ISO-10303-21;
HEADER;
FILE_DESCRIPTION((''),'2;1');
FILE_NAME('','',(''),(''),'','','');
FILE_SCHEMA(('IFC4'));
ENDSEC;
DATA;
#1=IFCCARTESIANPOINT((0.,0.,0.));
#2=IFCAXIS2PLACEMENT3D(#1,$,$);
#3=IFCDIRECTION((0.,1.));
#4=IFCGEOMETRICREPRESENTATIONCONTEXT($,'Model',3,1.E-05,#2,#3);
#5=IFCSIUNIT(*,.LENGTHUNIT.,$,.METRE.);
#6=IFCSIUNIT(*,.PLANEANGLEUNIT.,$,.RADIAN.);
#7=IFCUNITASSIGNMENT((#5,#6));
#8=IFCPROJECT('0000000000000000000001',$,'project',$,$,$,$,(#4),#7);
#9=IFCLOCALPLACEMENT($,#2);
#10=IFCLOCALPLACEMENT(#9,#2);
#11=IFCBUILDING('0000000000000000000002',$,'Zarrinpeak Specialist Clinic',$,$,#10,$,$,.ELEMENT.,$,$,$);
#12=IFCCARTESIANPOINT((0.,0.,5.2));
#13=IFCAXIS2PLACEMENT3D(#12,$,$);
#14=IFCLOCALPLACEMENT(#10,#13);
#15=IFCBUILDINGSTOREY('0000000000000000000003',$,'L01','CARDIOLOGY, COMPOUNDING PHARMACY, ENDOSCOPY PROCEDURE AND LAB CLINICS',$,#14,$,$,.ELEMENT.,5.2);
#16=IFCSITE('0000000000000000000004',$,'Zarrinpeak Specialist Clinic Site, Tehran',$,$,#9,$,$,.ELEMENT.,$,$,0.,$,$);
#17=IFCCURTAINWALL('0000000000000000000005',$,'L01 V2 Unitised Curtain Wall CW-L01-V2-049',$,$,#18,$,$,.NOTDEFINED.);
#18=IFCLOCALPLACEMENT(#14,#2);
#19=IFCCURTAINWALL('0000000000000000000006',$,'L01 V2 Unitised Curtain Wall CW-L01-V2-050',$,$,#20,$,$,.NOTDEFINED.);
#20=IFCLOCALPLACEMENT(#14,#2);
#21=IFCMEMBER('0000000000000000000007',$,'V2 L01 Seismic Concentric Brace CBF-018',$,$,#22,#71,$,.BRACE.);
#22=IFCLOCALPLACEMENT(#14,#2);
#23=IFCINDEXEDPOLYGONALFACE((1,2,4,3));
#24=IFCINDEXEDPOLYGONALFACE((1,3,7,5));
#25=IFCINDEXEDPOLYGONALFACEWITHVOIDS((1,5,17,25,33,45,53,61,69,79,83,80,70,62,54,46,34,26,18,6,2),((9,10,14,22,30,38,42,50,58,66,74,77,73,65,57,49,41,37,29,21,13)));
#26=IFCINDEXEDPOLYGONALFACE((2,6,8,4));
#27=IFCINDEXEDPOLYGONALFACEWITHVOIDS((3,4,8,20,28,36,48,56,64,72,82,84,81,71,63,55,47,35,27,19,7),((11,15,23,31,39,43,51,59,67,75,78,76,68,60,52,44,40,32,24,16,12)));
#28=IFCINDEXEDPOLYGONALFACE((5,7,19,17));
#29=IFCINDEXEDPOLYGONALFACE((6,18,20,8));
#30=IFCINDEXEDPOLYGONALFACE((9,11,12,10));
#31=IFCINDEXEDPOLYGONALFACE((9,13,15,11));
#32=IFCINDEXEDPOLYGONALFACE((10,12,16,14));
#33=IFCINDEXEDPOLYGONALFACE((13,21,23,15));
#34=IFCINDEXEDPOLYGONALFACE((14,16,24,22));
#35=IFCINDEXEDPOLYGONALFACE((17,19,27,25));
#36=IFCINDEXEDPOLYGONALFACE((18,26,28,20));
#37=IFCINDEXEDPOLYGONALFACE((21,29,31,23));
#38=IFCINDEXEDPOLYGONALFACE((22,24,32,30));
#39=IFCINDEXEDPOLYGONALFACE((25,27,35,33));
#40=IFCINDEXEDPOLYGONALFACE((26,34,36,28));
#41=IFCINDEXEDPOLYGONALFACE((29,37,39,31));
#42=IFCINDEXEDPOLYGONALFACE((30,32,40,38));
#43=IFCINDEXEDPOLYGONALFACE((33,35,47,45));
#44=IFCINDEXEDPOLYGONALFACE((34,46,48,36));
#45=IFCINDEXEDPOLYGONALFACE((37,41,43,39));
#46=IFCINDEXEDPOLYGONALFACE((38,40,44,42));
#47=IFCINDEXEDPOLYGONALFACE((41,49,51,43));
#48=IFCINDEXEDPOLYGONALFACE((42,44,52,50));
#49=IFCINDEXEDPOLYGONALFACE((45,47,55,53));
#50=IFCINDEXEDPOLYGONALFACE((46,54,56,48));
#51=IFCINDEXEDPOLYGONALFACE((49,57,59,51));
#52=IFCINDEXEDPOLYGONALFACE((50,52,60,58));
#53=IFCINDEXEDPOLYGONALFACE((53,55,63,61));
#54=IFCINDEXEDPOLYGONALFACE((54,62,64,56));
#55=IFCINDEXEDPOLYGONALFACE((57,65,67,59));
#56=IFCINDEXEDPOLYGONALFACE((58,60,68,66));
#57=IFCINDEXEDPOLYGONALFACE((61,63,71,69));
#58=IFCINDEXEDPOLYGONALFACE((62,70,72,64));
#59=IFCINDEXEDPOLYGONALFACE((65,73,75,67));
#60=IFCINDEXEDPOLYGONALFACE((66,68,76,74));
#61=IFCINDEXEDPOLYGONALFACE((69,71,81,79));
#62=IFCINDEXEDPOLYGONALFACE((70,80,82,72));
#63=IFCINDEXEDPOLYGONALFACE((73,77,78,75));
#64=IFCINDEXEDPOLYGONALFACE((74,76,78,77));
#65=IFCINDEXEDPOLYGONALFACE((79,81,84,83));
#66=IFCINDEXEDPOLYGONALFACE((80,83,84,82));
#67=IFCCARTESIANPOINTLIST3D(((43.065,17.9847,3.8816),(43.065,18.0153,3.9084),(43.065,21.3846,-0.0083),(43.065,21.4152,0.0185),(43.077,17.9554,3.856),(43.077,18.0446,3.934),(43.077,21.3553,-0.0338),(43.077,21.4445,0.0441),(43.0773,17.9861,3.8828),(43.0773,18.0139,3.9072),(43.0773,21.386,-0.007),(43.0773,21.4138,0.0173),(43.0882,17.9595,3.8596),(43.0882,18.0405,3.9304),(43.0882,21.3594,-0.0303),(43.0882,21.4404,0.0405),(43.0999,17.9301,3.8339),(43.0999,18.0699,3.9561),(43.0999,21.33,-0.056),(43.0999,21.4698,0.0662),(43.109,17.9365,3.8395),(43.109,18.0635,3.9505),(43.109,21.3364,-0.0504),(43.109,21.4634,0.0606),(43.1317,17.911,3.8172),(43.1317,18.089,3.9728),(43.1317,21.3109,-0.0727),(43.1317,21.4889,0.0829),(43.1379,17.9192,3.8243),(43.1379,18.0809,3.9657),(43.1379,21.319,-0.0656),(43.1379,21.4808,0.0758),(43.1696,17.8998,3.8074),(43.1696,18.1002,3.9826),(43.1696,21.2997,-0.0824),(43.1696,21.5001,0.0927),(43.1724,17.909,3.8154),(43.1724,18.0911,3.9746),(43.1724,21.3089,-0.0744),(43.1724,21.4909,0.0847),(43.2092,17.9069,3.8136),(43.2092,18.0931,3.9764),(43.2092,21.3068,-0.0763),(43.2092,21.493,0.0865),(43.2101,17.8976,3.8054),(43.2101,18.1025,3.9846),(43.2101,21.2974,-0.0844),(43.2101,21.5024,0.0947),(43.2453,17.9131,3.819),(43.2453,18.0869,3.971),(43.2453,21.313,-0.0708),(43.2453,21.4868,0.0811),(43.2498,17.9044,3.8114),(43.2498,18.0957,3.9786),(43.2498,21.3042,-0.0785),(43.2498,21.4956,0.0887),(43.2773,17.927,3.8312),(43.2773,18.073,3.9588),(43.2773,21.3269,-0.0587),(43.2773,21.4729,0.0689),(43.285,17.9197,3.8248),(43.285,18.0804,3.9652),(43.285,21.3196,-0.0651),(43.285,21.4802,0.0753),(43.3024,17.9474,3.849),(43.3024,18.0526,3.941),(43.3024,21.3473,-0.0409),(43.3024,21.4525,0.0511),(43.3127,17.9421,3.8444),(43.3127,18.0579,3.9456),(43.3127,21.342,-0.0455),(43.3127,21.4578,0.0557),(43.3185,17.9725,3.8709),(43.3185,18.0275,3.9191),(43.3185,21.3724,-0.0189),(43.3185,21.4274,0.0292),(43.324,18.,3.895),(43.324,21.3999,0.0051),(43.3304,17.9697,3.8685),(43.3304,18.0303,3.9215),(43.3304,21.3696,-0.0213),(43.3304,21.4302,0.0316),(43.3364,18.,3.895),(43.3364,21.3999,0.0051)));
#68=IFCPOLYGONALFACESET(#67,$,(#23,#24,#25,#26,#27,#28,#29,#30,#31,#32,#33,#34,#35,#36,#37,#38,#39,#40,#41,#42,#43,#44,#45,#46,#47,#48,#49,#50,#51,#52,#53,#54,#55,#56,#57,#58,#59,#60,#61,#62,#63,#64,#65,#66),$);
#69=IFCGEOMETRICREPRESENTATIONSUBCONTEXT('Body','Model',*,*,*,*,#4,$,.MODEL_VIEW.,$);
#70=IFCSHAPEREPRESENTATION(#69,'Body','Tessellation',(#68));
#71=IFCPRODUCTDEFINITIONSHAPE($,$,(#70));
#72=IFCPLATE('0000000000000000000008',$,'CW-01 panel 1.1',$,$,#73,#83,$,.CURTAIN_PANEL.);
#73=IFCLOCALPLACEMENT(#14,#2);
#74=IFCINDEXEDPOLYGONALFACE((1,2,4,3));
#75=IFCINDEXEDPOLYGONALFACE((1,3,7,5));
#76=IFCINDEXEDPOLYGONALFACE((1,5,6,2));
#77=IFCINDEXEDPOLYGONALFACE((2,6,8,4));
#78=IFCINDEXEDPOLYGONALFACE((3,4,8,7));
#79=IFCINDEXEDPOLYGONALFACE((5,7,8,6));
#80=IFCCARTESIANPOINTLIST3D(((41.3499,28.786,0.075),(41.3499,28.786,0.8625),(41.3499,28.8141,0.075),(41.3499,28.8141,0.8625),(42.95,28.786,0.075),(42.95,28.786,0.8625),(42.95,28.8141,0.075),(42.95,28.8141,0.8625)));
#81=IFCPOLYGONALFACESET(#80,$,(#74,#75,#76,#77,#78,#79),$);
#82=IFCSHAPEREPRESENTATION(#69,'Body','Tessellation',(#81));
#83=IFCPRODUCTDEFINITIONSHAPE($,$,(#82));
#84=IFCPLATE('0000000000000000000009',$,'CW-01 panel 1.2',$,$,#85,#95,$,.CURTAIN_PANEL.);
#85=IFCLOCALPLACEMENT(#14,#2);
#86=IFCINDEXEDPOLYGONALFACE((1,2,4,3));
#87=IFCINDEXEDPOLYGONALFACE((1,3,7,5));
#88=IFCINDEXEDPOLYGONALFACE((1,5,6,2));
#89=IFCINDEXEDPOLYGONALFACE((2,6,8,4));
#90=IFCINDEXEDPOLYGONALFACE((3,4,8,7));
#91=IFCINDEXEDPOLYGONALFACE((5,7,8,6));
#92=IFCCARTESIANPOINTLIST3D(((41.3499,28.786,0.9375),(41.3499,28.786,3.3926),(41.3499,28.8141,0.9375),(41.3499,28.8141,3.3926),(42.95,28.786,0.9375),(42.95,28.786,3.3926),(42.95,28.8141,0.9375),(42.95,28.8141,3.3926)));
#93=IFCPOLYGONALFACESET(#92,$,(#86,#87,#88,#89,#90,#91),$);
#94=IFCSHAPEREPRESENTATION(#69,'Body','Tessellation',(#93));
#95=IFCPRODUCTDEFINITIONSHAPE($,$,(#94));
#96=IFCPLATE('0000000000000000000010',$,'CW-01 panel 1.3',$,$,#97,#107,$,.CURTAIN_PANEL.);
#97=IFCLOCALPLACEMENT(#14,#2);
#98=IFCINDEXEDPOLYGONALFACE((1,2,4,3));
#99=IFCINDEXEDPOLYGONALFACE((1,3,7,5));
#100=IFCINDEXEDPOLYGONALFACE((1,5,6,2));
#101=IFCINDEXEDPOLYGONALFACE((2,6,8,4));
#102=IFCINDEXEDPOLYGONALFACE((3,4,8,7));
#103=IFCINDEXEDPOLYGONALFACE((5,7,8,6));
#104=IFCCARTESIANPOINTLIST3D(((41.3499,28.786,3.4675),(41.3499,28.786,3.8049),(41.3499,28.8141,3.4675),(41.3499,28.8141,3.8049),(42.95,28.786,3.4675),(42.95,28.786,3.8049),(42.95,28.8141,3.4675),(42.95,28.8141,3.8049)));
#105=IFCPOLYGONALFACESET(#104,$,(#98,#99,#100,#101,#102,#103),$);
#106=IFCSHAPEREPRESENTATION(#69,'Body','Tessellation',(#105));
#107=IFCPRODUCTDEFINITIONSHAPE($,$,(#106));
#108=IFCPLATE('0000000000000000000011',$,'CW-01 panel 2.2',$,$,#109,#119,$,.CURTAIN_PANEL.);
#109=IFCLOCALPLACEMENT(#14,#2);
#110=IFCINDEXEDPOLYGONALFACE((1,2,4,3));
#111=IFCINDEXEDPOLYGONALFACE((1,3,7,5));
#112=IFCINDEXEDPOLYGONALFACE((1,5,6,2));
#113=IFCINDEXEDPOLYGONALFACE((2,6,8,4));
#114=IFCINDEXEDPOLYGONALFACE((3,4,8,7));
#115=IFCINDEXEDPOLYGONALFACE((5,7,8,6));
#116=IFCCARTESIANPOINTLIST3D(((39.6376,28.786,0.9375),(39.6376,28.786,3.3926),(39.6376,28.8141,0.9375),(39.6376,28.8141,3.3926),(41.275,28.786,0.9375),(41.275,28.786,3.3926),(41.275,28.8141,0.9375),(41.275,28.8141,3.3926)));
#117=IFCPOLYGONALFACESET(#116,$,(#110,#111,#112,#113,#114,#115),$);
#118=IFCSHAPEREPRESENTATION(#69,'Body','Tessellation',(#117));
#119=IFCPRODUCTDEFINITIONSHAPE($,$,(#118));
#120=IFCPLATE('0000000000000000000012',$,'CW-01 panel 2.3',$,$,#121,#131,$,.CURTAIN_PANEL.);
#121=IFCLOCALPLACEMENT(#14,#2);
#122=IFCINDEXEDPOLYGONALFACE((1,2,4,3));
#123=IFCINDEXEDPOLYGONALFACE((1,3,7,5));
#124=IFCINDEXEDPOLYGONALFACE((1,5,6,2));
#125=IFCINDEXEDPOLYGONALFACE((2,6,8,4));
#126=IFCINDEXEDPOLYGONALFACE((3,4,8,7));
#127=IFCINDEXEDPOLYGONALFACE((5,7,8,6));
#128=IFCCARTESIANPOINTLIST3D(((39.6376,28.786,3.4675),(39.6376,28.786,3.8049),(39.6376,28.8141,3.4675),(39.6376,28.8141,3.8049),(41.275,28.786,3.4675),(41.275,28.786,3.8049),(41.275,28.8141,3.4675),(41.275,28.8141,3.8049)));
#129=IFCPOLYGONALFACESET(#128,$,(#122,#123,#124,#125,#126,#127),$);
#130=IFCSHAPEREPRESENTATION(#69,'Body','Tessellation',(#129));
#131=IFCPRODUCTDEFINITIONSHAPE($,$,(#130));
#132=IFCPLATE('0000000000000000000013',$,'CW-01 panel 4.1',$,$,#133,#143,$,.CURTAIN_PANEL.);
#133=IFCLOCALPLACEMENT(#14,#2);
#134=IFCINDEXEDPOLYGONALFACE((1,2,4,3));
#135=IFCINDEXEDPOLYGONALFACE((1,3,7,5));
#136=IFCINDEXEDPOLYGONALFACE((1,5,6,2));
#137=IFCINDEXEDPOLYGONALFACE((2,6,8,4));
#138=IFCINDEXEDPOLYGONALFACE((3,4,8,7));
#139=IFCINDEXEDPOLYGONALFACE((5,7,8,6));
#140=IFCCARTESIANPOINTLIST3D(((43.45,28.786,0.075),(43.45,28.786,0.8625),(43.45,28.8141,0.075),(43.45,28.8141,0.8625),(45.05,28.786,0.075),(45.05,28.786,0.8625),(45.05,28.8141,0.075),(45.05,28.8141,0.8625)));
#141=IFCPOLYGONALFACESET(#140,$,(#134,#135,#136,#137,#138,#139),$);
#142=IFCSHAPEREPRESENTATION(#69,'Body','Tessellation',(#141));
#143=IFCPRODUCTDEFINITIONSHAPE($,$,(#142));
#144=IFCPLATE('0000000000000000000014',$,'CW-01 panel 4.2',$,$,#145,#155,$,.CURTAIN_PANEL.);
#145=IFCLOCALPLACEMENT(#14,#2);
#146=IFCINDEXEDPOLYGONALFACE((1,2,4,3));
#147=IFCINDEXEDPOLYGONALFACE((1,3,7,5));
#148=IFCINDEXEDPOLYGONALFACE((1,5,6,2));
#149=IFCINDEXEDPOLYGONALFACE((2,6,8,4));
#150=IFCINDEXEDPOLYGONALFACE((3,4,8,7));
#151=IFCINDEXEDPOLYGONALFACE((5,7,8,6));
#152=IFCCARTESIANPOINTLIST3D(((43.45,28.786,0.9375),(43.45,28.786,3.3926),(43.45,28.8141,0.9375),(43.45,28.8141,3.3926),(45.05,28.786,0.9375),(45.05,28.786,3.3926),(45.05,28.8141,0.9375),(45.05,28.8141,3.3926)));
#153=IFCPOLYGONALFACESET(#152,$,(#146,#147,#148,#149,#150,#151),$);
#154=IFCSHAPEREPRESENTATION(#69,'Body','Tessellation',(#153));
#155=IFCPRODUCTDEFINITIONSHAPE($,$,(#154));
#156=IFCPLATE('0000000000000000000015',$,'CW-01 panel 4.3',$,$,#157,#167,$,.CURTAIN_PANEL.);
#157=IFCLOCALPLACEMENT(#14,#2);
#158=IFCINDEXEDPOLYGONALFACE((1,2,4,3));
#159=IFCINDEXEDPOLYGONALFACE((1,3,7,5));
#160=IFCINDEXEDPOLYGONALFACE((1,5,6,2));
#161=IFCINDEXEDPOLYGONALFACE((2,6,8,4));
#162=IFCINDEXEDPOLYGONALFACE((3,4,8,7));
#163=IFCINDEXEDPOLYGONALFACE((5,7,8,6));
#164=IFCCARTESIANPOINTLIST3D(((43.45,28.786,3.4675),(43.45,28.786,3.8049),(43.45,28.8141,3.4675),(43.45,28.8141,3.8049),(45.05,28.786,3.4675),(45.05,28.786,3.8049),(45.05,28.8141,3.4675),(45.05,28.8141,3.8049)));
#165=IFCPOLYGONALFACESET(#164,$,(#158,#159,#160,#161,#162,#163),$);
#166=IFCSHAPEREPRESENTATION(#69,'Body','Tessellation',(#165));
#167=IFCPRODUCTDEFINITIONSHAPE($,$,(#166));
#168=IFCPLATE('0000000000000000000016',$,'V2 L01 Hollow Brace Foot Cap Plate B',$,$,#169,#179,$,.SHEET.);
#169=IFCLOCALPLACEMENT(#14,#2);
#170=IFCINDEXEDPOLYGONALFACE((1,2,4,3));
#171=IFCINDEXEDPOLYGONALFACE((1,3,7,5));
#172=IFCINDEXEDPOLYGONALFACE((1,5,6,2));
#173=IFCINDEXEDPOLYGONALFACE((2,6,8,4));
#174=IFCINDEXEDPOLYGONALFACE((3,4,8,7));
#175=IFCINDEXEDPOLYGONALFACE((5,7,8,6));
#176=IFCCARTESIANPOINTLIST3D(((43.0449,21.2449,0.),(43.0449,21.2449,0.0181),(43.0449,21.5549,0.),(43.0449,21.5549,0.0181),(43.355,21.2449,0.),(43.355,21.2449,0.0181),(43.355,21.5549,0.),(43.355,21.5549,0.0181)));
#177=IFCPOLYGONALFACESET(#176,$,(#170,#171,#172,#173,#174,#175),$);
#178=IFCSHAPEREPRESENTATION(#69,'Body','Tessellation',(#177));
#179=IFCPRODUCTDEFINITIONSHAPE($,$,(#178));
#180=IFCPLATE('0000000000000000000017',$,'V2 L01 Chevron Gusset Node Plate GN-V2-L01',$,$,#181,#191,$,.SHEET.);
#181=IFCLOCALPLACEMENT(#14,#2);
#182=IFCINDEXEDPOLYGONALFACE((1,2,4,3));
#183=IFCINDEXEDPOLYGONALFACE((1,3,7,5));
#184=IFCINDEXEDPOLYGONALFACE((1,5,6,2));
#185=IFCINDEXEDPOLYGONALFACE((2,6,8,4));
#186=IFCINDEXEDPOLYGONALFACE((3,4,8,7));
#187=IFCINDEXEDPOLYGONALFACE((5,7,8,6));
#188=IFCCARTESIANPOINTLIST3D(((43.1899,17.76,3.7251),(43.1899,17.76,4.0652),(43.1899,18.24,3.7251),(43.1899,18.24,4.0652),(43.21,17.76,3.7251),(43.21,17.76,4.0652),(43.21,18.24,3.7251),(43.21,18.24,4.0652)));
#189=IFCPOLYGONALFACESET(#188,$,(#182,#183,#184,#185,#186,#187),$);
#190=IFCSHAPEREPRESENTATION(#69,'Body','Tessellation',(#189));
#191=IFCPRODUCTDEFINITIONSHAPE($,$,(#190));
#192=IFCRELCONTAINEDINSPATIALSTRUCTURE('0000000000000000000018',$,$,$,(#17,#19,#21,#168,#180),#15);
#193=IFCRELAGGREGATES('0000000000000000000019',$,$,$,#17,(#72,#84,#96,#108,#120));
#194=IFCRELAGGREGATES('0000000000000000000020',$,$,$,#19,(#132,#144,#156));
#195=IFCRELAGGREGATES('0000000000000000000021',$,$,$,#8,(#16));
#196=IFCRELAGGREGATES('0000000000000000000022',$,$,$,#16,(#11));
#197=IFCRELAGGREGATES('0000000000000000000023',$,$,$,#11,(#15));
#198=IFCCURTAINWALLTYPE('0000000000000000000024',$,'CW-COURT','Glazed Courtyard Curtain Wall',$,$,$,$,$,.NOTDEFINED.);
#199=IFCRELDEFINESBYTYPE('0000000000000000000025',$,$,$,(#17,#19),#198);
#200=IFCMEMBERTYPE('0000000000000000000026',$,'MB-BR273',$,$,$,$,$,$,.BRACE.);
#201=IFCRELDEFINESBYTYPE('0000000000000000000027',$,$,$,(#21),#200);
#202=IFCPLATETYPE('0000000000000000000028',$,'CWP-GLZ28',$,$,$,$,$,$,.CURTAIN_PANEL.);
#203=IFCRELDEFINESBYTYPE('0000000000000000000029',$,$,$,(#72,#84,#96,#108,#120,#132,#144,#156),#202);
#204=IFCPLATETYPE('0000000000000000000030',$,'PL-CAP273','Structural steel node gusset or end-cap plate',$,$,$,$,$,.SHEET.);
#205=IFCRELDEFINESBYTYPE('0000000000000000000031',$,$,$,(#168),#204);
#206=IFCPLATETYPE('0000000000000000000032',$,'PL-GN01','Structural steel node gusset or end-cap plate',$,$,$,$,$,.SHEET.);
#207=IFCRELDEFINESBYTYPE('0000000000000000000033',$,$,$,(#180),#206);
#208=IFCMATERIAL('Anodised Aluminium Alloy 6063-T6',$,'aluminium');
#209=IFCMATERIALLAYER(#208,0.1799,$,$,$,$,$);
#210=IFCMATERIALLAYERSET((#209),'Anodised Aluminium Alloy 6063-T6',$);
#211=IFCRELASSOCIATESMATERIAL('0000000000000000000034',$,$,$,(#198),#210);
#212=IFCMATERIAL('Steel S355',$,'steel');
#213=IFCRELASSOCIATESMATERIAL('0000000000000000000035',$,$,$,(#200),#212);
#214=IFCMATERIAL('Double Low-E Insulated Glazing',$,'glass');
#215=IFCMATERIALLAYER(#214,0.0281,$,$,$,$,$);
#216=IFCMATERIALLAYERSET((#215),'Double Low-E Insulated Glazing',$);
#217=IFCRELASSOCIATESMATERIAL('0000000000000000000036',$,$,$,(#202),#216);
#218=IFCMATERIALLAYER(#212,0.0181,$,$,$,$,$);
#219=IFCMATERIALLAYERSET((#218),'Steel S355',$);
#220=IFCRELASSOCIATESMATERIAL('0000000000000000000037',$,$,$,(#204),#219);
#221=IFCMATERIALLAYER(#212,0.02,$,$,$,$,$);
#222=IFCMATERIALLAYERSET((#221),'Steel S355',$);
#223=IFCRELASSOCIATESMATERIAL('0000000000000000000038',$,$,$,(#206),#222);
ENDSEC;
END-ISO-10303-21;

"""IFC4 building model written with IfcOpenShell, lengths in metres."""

from ifc_helpers import new_model, si_unit, direction, frame, origin, origin_2d, place, context, subcontext, project, spatial, rectangle, hollow_circle, extrude, material, layer, layer_set, material_profile, profile_set, type_object, element, aggregate, save


model = new_model("IFC4")

# Units and contexts
model_context = context("Model", 3, precision=1e-05, world=origin(), true_north=direction((0.0, 1.0)))
body_context = subcontext(model_context, "Body", "Model", "MODEL_VIEW")
ifc_project = project(units=[si_unit("LENGTHUNIT", "METRE"), si_unit("PLANEANGLEUNIT", "RADIAN")], contexts=[model_context])

# Site, building, storey
site_placement = place(None, origin())
site = spatial("IfcSite", under=ifc_project, at=site_placement, Name="Zarrinpeak Specialist Clinic Site, Tehran", CompositionType="ELEMENT", RefElevation=0.0)
building_placement = place(site_placement, origin())
building = spatial("IfcBuilding", under=site, at=building_placement, Name="Zarrinpeak Specialist Clinic", CompositionType="ELEMENT")
storey_placement = place(building_placement, frame((0.0, 0.0, 5.2)))
storey = spatial("IfcBuildingStorey", under=building, at=storey_placement, Name="L01", Description="CARDIOLOGY, COMPOUNDING PHARMACY, ENDOSCOPY PROCEDURE AND LAB CLINICS", CompositionType="ELEMENT", Elevation=5.2)

# Shared definitions
ifc_material_1 = material(Name="Steel S355", Category="steel")

# Curtain wall
ifc_material_2 = material(Name="Anodised Aluminium Alloy 6063-T6", Category="aluminium")
ifc_layer_1 = layer(ifc_material_2, 0.1799)
ifc_layer_set_1 = layer_set([ifc_layer_1], Name="Anodised Aluminium Alloy 6063-T6")
curtain_wall_type = type_object("IfcCurtainWallType", Name="CW-COURT", Description="Glazed Courtyard Curtain Wall", PredefinedType="NOTDEFINED", material=ifc_layer_set_1)
curtain_wall_1_placement = place(storey_placement, origin())
curtain_wall_1 = element("IfcCurtainWall", 1, at=curtain_wall_1_placement, inside=storey, type_object=curtain_wall_type, Name="L01 V2 Unitised Curtain Wall CW-L01-V2-049", PredefinedType="NOTDEFINED")

# Curtain wall
curtain_wall_2_placement = place(storey_placement, origin())
curtain_wall_2 = element("IfcCurtainWall", 2, at=curtain_wall_2_placement, inside=storey, type_object=curtain_wall_type, Name="L01 V2 Unitised Curtain Wall CW-L01-V2-050", PredefinedType="NOTDEFINED")

# Member
ifc_material_profile_1 = material_profile(ifc_material_1, hollow_circle(Radius=0.1365, WallThickness=0.0125, at=origin_2d()), Name="CHS 273.0x12.5")
ifc_profile_set_1 = profile_set([ifc_material_profile_1], Name="Steel S355")
member_type_1 = type_object("IfcMemberType", Name="MB-BR273", PredefinedType="BRACE", material=ifc_profile_set_1)
member_1_placement = place(storey_placement, frame((43.2, 21.3999, 0.0051), z_axis=(0.0, -0.658093, 0.752937), x_axis=(1.0, 0.0, 0.0)))
element("IfcMember", 3, at=member_1_placement, inside=storey, type_object=member_type_1, Name="V2 L01 Seismic Concentric Brace CBF-018", PredefinedType="BRACE", context=body_context, shape_type="SweptSolid", body=[
    extrude(hollow_circle(Radius=0.1365, WallThickness=0.0125, at=origin_2d()), origin(), (0.0, 0.0, 1.0), 5.1663),
])

# Plates
ifc_material_3 = material(Name="Double Low-E Insulated Glazing", Category="glass")
ifc_layer_2 = layer(ifc_material_3, 0.0281)
ifc_layer_set_2 = layer_set([ifc_layer_2], Name="Double Low-E Insulated Glazing")
plate_type_1 = type_object("IfcPlateType", Name="CWP-GLZ28", PredefinedType="CURTAIN_PANEL", material=ifc_layer_set_2)
plate_1_placement = place(storey_placement, frame((42.1499, 28.8, 0.075), z_axis=(0.0, 0.0, 1.0), x_axis=(-1.0, 0.0, 0.0)))
plate_1 = element("IfcPlate", 4, at=plate_1_placement, type_object=plate_type_1, Name="CW-01 panel 1.1", PredefinedType="CURTAIN_PANEL", context=body_context, shape_type="SweptSolid", body=[
    extrude(rectangle(XDim=1.6001, YDim=0.0281, at=origin_2d()), origin(), (0.0, 0.0, 1.0), 0.7876),
])
plate_2_placement = place(storey_placement, frame((42.1499, 28.8, 0.9375), z_axis=(0.0, 0.0, 1.0), x_axis=(-1.0, 0.0, 0.0)))
plate_2 = element("IfcPlate", 5, at=plate_2_placement, type_object=plate_type_1, Name="CW-01 panel 1.2", PredefinedType="CURTAIN_PANEL", context=body_context, shape_type="SweptSolid", body=[
    extrude(rectangle(XDim=1.6001, YDim=0.0281, at=origin_2d()), origin(), (0.0, 0.0, 1.0), 2.4551),
])
plate_3_placement = place(storey_placement, frame((42.1499, 28.8, 3.4675), z_axis=(0.0, 0.0, 1.0), x_axis=(-1.0, 0.0, 0.0)))
plate_3 = element("IfcPlate", 6, at=plate_3_placement, type_object=plate_type_1, Name="CW-01 panel 1.3", PredefinedType="CURTAIN_PANEL", context=body_context, shape_type="SweptSolid", body=[
    extrude(rectangle(XDim=1.6001, YDim=0.0281, at=origin_2d()), origin(), (0.0, 0.0, 1.0), 0.3374),
])
plate_4_placement = place(storey_placement, frame((40.4563, 28.8, 0.9375), z_axis=(0.0, 0.0, 1.0), x_axis=(-1.0, 0.0, 0.0)))
plate_4 = element("IfcPlate", 7, at=plate_4_placement, type_object=plate_type_1, Name="CW-01 panel 2.2", PredefinedType="CURTAIN_PANEL", context=body_context, shape_type="SweptSolid", body=[
    extrude(rectangle(XDim=1.6375, YDim=0.0281, at=origin_2d()), origin(), (0.0, 0.0, 1.0), 2.4551),
])
plate_5_placement = place(storey_placement, frame((40.4563, 28.8, 3.4675), z_axis=(0.0, 0.0, 1.0), x_axis=(-1.0, 0.0, 0.0)))
plate_5 = element("IfcPlate", 8, at=plate_5_placement, type_object=plate_type_1, Name="CW-01 panel 2.3", PredefinedType="CURTAIN_PANEL", context=body_context, shape_type="SweptSolid", body=[
    extrude(rectangle(XDim=1.6375, YDim=0.0281, at=origin_2d()), origin(), (0.0, 0.0, 1.0), 0.3374),
])
aggregate(curtain_wall_1, [plate_1, plate_2, plate_3, plate_4, plate_5])
plate_6_placement = place(storey_placement, frame((44.25, 28.8, 0.075), z_axis=(0.0, 0.0, 1.0), x_axis=(-1.0, 0.0, 0.0)))
plate_6 = element("IfcPlate", 9, at=plate_6_placement, type_object=plate_type_1, Name="CW-01 panel 4.1", PredefinedType="CURTAIN_PANEL", context=body_context, shape_type="SweptSolid", body=[
    extrude(rectangle(XDim=1.6001, YDim=0.0281, at=origin_2d()), origin(), (0.0, 0.0, 1.0), 0.7876),
])
plate_7_placement = place(storey_placement, frame((44.25, 28.8, 0.9375), z_axis=(0.0, 0.0, 1.0), x_axis=(-1.0, 0.0, 0.0)))
plate_7 = element("IfcPlate", 10, at=plate_7_placement, type_object=plate_type_1, Name="CW-01 panel 4.2", PredefinedType="CURTAIN_PANEL", context=body_context, shape_type="SweptSolid", body=[
    extrude(rectangle(XDim=1.6001, YDim=0.0281, at=origin_2d()), origin(), (0.0, 0.0, 1.0), 2.4551),
])
plate_8_placement = place(storey_placement, frame((44.25, 28.8, 3.4675), z_axis=(0.0, 0.0, 1.0), x_axis=(-1.0, 0.0, 0.0)))
plate_8 = element("IfcPlate", 11, at=plate_8_placement, type_object=plate_type_1, Name="CW-01 panel 4.3", PredefinedType="CURTAIN_PANEL", context=body_context, shape_type="SweptSolid", body=[
    extrude(rectangle(XDim=1.6001, YDim=0.0281, at=origin_2d()), origin(), (0.0, 0.0, 1.0), 0.3374),
])
aggregate(curtain_wall_2, [plate_6, plate_7, plate_8])

# Plates
ifc_layer_3 = layer(ifc_material_1, 0.0181)
ifc_layer_set_3 = layer_set([ifc_layer_3], Name="Steel S355")
plate_type_2 = type_object("IfcPlateType", Name="PL-CAP273", Description="Structural steel node gusset or end-cap plate", PredefinedType="SHEET", material=ifc_layer_set_3)
plate_9_placement = place(storey_placement, frame((43.2, 21.3999, 0.0), z_axis=(0.0, 0.0, 1.0), x_axis=(1.0, 0.0, 0.0)))
element("IfcPlate", 12, at=plate_9_placement, inside=storey, type_object=plate_type_2, Name="V2 L01 Hollow Brace Foot Cap Plate B", PredefinedType="SHEET", context=body_context, shape_type="SweptSolid", body=[
    extrude(rectangle(XDim=0.3101, YDim=0.3101, at=origin_2d()), origin(), (0.0, 0.0, 1.0), 0.0181),
])
ifc_layer_4 = layer(ifc_material_1, 0.02)
ifc_layer_set_4 = layer_set([ifc_layer_4], Name="Steel S355")
plate_type_3 = type_object("IfcPlateType", Name="PL-GN01", Description="Structural steel node gusset or end-cap plate", PredefinedType="SHEET", material=ifc_layer_set_4)
plate_10_placement = place(storey_placement, frame((43.2, 18.0, 3.7251), z_axis=(0.0, 0.0, 1.0), x_axis=(1.0, 0.0, 0.0)))
element("IfcPlate", 13, at=plate_10_placement, inside=storey, type_object=plate_type_3, Name="V2 L01 Chevron Gusset Node Plate GN-V2-L01", PredefinedType="SHEET", context=body_context, shape_type="SweptSolid", body=[
    extrude(rectangle(XDim=0.02, YDim=0.48, at=origin_2d()), origin(), (0.0, 0.0, 1.0), 0.3401),
])

save(model, "model.ifc")
